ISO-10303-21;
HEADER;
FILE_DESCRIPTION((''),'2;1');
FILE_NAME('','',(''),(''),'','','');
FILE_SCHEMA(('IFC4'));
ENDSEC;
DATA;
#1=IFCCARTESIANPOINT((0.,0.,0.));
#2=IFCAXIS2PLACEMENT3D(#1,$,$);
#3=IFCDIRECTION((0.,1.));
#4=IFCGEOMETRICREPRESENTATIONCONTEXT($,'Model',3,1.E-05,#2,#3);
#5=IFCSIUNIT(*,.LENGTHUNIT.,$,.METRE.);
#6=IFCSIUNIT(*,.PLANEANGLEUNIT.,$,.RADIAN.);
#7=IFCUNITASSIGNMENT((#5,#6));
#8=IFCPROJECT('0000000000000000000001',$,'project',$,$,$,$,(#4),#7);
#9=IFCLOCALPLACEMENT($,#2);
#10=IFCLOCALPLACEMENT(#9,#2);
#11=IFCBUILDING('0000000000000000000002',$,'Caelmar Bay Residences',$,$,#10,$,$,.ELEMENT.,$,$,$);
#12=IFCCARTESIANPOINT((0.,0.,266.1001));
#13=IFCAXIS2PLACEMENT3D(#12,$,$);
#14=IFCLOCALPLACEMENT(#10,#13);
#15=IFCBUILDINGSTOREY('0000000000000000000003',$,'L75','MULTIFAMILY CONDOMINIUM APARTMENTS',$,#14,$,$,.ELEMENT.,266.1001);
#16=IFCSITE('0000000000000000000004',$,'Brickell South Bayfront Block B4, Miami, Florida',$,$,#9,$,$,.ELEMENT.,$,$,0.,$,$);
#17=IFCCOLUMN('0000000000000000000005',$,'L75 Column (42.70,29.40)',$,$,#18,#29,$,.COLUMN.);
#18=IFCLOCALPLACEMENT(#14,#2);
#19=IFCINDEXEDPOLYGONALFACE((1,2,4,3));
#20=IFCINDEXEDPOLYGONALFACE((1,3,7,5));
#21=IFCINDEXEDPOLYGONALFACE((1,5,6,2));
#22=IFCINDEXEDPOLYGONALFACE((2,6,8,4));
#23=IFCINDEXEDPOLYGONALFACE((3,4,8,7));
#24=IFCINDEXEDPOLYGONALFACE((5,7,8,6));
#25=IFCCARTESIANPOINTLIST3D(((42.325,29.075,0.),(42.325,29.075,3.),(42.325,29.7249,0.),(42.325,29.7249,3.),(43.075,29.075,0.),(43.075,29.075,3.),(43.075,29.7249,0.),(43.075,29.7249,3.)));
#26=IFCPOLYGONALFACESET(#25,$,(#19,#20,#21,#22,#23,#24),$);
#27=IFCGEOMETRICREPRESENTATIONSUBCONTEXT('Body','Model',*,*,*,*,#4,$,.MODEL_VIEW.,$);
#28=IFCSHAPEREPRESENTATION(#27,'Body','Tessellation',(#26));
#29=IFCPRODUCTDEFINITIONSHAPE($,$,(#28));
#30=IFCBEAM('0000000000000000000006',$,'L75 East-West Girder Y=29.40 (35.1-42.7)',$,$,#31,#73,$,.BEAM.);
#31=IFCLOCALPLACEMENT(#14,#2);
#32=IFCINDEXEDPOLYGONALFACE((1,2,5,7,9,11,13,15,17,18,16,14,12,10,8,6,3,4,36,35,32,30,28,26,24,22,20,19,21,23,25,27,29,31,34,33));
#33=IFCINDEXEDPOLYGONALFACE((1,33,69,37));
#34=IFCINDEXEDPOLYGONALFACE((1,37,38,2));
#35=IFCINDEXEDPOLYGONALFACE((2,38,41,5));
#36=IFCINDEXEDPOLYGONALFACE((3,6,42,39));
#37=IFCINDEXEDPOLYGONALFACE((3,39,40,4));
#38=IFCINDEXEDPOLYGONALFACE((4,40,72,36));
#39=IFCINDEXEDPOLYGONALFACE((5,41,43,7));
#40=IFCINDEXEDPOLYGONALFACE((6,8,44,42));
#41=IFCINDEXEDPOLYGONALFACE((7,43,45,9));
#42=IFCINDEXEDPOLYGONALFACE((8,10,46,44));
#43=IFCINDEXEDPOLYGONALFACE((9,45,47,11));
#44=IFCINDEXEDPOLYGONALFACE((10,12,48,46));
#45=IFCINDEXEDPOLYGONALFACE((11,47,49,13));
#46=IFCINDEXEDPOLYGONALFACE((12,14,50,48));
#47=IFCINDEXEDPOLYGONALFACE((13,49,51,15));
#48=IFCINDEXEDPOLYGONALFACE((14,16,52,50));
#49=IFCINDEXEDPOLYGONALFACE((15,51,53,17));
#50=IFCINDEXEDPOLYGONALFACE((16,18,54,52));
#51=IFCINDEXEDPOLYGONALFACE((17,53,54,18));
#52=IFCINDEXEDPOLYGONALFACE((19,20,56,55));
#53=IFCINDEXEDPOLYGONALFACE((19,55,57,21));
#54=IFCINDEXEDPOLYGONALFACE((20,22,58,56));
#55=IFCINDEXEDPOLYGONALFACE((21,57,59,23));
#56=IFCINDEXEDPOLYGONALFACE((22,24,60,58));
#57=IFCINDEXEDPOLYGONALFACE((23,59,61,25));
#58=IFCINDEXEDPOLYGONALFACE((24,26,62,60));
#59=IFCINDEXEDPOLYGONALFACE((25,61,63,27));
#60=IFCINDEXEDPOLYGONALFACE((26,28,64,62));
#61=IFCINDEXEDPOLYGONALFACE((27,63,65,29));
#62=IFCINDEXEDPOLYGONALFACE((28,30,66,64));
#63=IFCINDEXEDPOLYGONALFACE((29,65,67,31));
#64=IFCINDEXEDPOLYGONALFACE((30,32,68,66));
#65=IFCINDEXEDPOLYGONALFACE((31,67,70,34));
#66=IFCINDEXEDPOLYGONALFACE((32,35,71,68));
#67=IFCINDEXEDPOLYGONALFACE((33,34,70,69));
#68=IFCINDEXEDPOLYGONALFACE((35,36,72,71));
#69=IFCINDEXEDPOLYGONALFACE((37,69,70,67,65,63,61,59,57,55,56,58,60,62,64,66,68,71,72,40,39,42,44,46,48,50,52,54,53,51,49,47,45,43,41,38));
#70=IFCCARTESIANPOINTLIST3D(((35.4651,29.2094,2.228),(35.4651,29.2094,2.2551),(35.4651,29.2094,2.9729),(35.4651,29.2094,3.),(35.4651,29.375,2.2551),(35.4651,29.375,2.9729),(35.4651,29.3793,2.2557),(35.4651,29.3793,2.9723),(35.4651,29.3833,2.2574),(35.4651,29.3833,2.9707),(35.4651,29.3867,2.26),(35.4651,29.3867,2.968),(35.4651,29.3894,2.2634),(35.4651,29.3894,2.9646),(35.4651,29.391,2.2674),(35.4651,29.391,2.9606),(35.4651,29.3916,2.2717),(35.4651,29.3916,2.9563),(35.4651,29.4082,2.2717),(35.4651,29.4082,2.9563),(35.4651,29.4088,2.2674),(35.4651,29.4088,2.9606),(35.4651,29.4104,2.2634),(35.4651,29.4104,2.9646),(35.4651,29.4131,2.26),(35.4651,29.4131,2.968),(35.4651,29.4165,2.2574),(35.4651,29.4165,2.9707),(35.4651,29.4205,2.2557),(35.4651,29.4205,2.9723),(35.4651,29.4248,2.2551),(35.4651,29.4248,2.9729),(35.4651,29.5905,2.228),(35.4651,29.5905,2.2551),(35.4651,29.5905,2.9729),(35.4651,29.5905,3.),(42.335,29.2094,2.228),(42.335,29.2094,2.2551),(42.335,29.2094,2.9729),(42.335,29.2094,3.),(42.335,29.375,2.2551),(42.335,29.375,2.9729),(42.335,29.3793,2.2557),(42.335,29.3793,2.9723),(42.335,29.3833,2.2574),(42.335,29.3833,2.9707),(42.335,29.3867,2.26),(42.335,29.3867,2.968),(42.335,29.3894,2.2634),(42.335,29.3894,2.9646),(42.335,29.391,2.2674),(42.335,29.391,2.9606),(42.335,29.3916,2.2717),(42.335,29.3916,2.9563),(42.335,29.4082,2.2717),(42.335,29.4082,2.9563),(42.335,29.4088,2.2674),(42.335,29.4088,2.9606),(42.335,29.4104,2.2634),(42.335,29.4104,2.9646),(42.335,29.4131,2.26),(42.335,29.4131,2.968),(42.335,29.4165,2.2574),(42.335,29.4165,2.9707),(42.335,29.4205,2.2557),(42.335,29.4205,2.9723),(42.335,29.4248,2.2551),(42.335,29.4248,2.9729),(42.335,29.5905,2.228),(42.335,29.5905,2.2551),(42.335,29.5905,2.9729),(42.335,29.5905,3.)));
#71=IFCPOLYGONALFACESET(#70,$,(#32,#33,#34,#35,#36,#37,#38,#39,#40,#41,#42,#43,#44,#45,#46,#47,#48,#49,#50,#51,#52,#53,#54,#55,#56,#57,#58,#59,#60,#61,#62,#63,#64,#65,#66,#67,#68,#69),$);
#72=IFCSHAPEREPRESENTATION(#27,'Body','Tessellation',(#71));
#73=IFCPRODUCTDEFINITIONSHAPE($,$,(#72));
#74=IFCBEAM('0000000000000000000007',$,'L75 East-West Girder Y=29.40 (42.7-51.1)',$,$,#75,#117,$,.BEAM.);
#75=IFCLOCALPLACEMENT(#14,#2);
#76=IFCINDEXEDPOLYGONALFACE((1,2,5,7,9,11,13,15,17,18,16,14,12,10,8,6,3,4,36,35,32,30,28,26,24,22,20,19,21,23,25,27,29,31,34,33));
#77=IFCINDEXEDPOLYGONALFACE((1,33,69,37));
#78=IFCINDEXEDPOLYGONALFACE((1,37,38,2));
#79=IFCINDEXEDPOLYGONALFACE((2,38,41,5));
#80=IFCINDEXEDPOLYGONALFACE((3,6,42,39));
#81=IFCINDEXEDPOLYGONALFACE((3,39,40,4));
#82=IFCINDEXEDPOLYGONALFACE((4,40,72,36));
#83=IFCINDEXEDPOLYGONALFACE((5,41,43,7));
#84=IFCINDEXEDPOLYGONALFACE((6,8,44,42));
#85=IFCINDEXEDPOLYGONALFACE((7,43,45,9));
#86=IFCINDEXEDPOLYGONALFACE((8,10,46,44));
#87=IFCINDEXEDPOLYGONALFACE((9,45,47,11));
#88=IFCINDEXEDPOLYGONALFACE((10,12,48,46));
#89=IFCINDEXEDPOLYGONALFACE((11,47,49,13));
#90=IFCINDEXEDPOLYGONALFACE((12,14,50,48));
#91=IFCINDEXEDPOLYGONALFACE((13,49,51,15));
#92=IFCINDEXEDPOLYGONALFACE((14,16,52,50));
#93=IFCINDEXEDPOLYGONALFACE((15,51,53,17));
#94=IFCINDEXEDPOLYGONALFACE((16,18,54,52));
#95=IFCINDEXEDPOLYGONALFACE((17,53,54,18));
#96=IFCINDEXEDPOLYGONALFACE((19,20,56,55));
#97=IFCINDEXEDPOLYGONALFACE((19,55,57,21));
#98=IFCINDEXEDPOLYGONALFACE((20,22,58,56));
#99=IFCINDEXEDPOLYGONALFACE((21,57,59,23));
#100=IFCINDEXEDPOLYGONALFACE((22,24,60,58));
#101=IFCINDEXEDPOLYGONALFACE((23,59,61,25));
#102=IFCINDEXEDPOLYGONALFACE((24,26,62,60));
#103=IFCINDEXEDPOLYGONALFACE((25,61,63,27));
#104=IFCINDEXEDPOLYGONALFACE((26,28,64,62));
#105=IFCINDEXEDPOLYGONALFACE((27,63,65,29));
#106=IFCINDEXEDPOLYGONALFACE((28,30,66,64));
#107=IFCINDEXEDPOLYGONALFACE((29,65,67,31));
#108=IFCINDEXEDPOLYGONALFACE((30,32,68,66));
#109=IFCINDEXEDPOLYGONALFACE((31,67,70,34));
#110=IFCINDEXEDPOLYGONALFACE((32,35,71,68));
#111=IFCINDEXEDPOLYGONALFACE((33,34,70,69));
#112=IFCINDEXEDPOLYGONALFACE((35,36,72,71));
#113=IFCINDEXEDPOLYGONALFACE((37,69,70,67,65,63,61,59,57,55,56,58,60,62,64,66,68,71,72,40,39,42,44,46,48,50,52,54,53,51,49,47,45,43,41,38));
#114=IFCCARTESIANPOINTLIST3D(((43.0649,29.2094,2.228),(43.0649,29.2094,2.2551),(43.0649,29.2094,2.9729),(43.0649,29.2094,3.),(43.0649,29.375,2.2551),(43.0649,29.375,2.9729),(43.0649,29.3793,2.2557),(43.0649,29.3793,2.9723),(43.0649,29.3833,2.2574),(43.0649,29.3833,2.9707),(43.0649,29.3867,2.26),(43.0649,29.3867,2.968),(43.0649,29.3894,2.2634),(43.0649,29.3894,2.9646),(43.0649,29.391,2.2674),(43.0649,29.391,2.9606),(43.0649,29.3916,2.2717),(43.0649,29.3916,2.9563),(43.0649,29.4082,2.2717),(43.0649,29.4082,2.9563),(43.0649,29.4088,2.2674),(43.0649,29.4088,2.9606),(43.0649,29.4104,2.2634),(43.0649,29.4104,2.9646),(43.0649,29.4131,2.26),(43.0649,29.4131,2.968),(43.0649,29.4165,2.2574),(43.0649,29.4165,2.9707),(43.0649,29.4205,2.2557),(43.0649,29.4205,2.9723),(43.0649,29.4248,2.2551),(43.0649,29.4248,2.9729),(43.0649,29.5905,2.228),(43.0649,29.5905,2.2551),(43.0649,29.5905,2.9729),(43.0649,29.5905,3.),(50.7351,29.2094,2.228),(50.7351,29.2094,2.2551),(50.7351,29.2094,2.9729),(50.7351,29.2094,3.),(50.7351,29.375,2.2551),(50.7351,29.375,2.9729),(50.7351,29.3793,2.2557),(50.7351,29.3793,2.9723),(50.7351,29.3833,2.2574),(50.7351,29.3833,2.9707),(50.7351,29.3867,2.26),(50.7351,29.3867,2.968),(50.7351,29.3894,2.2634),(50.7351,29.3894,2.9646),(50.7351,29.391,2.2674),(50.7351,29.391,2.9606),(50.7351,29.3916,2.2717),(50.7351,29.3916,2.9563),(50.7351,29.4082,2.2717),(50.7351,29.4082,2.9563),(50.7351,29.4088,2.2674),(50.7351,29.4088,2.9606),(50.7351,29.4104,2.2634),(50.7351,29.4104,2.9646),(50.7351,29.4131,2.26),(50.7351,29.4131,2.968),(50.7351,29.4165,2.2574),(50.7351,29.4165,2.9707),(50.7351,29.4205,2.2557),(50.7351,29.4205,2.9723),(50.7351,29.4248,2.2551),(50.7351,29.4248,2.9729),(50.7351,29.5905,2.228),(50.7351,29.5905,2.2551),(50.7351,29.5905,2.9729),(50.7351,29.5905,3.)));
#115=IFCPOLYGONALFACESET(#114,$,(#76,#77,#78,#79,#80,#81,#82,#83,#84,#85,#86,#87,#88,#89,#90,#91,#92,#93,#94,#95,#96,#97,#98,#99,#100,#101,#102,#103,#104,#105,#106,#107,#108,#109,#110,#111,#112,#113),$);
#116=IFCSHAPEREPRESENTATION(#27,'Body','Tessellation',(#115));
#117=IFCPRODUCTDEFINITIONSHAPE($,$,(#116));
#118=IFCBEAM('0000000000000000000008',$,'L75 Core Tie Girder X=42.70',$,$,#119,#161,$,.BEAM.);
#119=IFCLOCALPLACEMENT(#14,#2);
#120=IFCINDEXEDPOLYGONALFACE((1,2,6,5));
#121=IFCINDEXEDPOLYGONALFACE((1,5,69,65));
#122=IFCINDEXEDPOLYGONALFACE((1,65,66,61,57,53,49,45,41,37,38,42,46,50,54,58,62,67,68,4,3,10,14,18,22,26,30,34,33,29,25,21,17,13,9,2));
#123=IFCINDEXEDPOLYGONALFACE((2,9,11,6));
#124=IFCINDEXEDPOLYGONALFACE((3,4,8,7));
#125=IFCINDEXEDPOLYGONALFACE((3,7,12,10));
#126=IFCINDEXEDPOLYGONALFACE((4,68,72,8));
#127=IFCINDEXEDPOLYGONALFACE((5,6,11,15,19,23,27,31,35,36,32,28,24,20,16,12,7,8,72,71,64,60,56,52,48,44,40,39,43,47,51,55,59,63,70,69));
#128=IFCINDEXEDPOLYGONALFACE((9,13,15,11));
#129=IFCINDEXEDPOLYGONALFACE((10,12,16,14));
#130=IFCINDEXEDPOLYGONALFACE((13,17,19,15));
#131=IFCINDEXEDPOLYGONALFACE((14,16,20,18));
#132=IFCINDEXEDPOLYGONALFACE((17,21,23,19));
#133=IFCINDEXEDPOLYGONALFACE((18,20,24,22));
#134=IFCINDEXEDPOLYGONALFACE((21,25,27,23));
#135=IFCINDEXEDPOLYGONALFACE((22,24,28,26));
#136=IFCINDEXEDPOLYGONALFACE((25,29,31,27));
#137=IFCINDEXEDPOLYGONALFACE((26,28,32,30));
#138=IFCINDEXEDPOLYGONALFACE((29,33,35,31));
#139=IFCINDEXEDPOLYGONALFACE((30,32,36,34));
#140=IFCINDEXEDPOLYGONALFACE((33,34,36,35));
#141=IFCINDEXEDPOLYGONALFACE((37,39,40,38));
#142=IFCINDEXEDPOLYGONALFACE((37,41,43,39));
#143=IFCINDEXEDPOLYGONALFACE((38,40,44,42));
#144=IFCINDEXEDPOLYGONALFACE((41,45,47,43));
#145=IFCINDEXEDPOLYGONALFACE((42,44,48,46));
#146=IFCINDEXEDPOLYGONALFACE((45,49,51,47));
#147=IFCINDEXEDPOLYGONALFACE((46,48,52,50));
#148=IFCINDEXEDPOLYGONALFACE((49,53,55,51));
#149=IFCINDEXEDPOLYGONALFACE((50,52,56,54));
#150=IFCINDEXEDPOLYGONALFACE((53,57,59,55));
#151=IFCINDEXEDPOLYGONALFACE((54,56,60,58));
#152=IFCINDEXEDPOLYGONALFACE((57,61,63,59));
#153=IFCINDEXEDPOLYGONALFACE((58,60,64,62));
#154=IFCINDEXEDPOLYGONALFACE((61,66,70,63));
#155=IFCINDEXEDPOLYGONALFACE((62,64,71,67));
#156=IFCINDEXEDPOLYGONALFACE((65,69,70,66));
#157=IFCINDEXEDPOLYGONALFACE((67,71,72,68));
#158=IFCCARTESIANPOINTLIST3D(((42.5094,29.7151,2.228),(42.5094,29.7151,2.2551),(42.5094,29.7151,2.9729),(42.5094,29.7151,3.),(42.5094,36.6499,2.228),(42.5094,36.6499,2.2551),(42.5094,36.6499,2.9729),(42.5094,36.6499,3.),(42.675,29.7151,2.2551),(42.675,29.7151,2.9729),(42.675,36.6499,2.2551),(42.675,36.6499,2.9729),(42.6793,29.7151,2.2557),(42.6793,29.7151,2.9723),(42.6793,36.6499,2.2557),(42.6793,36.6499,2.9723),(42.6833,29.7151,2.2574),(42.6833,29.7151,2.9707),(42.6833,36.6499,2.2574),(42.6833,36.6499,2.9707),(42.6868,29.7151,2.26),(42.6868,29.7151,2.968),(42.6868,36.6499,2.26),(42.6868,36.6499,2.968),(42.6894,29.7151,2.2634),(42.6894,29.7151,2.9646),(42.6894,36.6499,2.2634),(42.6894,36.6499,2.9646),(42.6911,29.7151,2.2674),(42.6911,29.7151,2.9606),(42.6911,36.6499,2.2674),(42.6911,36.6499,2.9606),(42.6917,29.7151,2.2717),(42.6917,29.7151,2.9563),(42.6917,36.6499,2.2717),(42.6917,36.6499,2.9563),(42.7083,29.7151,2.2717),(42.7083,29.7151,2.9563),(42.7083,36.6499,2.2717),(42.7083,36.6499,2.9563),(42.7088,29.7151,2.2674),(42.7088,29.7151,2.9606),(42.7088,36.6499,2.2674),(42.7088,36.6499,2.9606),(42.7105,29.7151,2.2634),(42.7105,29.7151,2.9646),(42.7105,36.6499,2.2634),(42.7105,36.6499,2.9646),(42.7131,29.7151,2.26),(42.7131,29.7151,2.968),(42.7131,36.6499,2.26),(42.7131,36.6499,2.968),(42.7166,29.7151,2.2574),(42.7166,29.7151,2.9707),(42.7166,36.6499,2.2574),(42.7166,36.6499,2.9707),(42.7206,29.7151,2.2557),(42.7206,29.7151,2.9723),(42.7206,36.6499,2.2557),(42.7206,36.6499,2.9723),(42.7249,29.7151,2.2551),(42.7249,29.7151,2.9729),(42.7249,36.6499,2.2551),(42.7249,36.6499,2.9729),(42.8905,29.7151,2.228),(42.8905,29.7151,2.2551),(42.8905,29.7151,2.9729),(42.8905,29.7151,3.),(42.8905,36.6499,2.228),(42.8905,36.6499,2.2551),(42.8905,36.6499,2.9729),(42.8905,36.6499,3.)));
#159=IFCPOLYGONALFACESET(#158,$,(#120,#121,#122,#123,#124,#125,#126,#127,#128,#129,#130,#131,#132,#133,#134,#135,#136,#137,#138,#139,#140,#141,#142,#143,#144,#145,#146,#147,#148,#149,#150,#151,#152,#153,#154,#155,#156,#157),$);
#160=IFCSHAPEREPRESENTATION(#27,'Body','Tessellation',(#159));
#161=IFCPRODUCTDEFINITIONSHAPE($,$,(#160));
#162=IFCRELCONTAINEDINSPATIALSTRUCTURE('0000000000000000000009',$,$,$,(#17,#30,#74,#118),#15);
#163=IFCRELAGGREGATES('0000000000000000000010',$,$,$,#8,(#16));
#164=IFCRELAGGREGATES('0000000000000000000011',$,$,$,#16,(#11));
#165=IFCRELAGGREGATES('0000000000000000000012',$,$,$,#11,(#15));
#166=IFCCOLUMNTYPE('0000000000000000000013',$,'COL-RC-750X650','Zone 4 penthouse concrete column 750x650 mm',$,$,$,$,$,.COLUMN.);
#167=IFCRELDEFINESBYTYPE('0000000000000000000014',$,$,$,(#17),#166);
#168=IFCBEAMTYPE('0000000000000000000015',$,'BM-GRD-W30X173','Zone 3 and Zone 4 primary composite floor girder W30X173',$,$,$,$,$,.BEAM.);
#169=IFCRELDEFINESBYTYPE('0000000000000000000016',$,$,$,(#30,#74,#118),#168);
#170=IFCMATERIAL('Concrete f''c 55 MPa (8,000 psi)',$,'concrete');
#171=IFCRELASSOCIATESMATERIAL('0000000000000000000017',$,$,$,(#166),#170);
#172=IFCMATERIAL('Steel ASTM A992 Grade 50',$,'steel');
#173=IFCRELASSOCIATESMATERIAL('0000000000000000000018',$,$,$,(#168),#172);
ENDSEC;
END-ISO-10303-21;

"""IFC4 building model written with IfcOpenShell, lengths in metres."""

from ifc_helpers import new_model, si_unit, direction, frame, origin, origin_2d, place, context, subcontext, project, spatial, rectangle, i_section, extrude, material, material_profile, profile_set, type_object, element, save


model = new_model("IFC4")

# Units and contexts
model_context = context("Model", 3, precision=1e-05, world=origin(), true_north=direction((0.0, 1.0)))
body_context = subcontext(model_context, "Body", "Model", "MODEL_VIEW")
ifc_project = project(units=[si_unit("LENGTHUNIT", "METRE"), si_unit("PLANEANGLEUNIT", "RADIAN")], contexts=[model_context])

# Site, building, storey
site_placement = place(None, origin())
site = spatial("IfcSite", under=ifc_project, at=site_placement, Name="Brickell South Bayfront Block B4, Miami, Florida", CompositionType="ELEMENT", RefElevation=0.0)
building_placement = place(site_placement, origin())
building = spatial("IfcBuilding", under=site, at=building_placement, Name="Caelmar Bay Residences", CompositionType="ELEMENT")
storey_placement = place(building_placement, frame((0.0, 0.0, 266.1001)))
storey = spatial("IfcBuildingStorey", under=building, at=storey_placement, Name="L75", Description="MULTIFAMILY CONDOMINIUM APARTMENTS", CompositionType="ELEMENT", Elevation=266.1001)

# Column
ifc_material_1 = material(Name="Concrete f'c 55 MPa (8,000 psi)", Category="concrete")
ifc_material_profile_1 = material_profile(ifc_material_1, rectangle(XDim=0.75, YDim=0.6499, at=origin_2d()), Name="RC-COL-750X650")
ifc_profile_set_1 = profile_set([ifc_material_profile_1], Name="Concrete f'c 55 MPa (8,000 psi)")
column_type = type_object("IfcColumnType", Name="COL-RC-750X650", Description="Zone 4 penthouse concrete column 750x650 mm", PredefinedType="COLUMN", material=ifc_profile_set_1)
column_placement = place(storey_placement, frame((42.7, 29.3999, 0.0), z_axis=(0.0, 0.0, 1.0), x_axis=(1.0, 0.0, 0.0)))
element("IfcColumn", 1, at=column_placement, inside=storey, type_object=column_type, Name="L75 Column (42.70,29.40)", PredefinedType="COLUMN", context=body_context, shape_type="SweptSolid", body=[
    extrude(rectangle(XDim=0.75, YDim=0.6499, at=origin_2d()), origin(), (0.0, 0.0, 1.0), 3.0),
])

# Beams
ifc_material_2 = material(Name="Steel ASTM A992 Grade 50", Category="steel")
ifc_material_profile_2 = material_profile(ifc_material_2, i_section(OverallWidth=0.3811, OverallDepth=0.772, WebThickness=0.0166, FlangeThickness=0.0271, FilletRadius=0.0166, at=origin_2d()), Name="W30X173")
ifc_profile_set_2 = profile_set([ifc_material_profile_2], Name="Steel ASTM A992 Grade 50")
beam_type_1 = type_object("IfcBeamType", Name="BM-GRD-W30X173", Description="Zone 3 and Zone 4 primary composite floor girder W30X173", PredefinedType="BEAM", material=ifc_profile_set_2)
beam_1_placement = place(storey_placement, frame((35.4651, 29.3999, 2.614), z_axis=(1.0, 0.0, 0.0), x_axis=(0.0, 1.0, 0.0)))
element("IfcBeam", 2, at=beam_1_placement, inside=storey, type_object=beam_type_1, Name="L75 East-West Girder Y=29.40 (35.1-42.7)", PredefinedType="BEAM", context=body_context, shape_type="SweptSolid", body=[
    extrude(i_section(OverallWidth=0.3811, OverallDepth=0.772, WebThickness=0.0166, FlangeThickness=0.0271, FilletRadius=0.0166, at=origin_2d()), origin(), (0.0, 0.0, 1.0), 6.8699),
])
beam_2_placement = place(storey_placement, frame((43.0649, 29.3999, 2.614), z_axis=(1.0, 0.0, 0.0), x_axis=(0.0, 1.0, 0.0)))
element("IfcBeam", 3, at=beam_2_placement, inside=storey, type_object=beam_type_1, Name="L75 East-West Girder Y=29.40 (42.7-51.1)", PredefinedType="BEAM", context=body_context, shape_type="SweptSolid", body=[
    extrude(i_section(OverallWidth=0.3811, OverallDepth=0.772, WebThickness=0.0166, FlangeThickness=0.0271, FilletRadius=0.0166, at=origin_2d()), origin(), (0.0, 0.0, 1.0), 7.6702),
])
beam_3_placement = place(storey_placement, frame((42.7, 29.7151, 2.614), z_axis=(0.0, 1.0, 0.0), x_axis=(-1.0, 0.0, 0.0)))
element("IfcBeam", 4, at=beam_3_placement, inside=storey, type_object=beam_type_1, Name="L75 Core Tie Girder X=42.70", PredefinedType="BEAM", context=body_context, shape_type="SweptSolid", body=[
    extrude(i_section(OverallWidth=0.3811, OverallDepth=0.772, WebThickness=0.0166, FlangeThickness=0.0271, FilletRadius=0.0166, at=origin_2d()), origin(), (0.0, 0.0, 1.0), 6.9348),
])

save(model, "model.ifc")
